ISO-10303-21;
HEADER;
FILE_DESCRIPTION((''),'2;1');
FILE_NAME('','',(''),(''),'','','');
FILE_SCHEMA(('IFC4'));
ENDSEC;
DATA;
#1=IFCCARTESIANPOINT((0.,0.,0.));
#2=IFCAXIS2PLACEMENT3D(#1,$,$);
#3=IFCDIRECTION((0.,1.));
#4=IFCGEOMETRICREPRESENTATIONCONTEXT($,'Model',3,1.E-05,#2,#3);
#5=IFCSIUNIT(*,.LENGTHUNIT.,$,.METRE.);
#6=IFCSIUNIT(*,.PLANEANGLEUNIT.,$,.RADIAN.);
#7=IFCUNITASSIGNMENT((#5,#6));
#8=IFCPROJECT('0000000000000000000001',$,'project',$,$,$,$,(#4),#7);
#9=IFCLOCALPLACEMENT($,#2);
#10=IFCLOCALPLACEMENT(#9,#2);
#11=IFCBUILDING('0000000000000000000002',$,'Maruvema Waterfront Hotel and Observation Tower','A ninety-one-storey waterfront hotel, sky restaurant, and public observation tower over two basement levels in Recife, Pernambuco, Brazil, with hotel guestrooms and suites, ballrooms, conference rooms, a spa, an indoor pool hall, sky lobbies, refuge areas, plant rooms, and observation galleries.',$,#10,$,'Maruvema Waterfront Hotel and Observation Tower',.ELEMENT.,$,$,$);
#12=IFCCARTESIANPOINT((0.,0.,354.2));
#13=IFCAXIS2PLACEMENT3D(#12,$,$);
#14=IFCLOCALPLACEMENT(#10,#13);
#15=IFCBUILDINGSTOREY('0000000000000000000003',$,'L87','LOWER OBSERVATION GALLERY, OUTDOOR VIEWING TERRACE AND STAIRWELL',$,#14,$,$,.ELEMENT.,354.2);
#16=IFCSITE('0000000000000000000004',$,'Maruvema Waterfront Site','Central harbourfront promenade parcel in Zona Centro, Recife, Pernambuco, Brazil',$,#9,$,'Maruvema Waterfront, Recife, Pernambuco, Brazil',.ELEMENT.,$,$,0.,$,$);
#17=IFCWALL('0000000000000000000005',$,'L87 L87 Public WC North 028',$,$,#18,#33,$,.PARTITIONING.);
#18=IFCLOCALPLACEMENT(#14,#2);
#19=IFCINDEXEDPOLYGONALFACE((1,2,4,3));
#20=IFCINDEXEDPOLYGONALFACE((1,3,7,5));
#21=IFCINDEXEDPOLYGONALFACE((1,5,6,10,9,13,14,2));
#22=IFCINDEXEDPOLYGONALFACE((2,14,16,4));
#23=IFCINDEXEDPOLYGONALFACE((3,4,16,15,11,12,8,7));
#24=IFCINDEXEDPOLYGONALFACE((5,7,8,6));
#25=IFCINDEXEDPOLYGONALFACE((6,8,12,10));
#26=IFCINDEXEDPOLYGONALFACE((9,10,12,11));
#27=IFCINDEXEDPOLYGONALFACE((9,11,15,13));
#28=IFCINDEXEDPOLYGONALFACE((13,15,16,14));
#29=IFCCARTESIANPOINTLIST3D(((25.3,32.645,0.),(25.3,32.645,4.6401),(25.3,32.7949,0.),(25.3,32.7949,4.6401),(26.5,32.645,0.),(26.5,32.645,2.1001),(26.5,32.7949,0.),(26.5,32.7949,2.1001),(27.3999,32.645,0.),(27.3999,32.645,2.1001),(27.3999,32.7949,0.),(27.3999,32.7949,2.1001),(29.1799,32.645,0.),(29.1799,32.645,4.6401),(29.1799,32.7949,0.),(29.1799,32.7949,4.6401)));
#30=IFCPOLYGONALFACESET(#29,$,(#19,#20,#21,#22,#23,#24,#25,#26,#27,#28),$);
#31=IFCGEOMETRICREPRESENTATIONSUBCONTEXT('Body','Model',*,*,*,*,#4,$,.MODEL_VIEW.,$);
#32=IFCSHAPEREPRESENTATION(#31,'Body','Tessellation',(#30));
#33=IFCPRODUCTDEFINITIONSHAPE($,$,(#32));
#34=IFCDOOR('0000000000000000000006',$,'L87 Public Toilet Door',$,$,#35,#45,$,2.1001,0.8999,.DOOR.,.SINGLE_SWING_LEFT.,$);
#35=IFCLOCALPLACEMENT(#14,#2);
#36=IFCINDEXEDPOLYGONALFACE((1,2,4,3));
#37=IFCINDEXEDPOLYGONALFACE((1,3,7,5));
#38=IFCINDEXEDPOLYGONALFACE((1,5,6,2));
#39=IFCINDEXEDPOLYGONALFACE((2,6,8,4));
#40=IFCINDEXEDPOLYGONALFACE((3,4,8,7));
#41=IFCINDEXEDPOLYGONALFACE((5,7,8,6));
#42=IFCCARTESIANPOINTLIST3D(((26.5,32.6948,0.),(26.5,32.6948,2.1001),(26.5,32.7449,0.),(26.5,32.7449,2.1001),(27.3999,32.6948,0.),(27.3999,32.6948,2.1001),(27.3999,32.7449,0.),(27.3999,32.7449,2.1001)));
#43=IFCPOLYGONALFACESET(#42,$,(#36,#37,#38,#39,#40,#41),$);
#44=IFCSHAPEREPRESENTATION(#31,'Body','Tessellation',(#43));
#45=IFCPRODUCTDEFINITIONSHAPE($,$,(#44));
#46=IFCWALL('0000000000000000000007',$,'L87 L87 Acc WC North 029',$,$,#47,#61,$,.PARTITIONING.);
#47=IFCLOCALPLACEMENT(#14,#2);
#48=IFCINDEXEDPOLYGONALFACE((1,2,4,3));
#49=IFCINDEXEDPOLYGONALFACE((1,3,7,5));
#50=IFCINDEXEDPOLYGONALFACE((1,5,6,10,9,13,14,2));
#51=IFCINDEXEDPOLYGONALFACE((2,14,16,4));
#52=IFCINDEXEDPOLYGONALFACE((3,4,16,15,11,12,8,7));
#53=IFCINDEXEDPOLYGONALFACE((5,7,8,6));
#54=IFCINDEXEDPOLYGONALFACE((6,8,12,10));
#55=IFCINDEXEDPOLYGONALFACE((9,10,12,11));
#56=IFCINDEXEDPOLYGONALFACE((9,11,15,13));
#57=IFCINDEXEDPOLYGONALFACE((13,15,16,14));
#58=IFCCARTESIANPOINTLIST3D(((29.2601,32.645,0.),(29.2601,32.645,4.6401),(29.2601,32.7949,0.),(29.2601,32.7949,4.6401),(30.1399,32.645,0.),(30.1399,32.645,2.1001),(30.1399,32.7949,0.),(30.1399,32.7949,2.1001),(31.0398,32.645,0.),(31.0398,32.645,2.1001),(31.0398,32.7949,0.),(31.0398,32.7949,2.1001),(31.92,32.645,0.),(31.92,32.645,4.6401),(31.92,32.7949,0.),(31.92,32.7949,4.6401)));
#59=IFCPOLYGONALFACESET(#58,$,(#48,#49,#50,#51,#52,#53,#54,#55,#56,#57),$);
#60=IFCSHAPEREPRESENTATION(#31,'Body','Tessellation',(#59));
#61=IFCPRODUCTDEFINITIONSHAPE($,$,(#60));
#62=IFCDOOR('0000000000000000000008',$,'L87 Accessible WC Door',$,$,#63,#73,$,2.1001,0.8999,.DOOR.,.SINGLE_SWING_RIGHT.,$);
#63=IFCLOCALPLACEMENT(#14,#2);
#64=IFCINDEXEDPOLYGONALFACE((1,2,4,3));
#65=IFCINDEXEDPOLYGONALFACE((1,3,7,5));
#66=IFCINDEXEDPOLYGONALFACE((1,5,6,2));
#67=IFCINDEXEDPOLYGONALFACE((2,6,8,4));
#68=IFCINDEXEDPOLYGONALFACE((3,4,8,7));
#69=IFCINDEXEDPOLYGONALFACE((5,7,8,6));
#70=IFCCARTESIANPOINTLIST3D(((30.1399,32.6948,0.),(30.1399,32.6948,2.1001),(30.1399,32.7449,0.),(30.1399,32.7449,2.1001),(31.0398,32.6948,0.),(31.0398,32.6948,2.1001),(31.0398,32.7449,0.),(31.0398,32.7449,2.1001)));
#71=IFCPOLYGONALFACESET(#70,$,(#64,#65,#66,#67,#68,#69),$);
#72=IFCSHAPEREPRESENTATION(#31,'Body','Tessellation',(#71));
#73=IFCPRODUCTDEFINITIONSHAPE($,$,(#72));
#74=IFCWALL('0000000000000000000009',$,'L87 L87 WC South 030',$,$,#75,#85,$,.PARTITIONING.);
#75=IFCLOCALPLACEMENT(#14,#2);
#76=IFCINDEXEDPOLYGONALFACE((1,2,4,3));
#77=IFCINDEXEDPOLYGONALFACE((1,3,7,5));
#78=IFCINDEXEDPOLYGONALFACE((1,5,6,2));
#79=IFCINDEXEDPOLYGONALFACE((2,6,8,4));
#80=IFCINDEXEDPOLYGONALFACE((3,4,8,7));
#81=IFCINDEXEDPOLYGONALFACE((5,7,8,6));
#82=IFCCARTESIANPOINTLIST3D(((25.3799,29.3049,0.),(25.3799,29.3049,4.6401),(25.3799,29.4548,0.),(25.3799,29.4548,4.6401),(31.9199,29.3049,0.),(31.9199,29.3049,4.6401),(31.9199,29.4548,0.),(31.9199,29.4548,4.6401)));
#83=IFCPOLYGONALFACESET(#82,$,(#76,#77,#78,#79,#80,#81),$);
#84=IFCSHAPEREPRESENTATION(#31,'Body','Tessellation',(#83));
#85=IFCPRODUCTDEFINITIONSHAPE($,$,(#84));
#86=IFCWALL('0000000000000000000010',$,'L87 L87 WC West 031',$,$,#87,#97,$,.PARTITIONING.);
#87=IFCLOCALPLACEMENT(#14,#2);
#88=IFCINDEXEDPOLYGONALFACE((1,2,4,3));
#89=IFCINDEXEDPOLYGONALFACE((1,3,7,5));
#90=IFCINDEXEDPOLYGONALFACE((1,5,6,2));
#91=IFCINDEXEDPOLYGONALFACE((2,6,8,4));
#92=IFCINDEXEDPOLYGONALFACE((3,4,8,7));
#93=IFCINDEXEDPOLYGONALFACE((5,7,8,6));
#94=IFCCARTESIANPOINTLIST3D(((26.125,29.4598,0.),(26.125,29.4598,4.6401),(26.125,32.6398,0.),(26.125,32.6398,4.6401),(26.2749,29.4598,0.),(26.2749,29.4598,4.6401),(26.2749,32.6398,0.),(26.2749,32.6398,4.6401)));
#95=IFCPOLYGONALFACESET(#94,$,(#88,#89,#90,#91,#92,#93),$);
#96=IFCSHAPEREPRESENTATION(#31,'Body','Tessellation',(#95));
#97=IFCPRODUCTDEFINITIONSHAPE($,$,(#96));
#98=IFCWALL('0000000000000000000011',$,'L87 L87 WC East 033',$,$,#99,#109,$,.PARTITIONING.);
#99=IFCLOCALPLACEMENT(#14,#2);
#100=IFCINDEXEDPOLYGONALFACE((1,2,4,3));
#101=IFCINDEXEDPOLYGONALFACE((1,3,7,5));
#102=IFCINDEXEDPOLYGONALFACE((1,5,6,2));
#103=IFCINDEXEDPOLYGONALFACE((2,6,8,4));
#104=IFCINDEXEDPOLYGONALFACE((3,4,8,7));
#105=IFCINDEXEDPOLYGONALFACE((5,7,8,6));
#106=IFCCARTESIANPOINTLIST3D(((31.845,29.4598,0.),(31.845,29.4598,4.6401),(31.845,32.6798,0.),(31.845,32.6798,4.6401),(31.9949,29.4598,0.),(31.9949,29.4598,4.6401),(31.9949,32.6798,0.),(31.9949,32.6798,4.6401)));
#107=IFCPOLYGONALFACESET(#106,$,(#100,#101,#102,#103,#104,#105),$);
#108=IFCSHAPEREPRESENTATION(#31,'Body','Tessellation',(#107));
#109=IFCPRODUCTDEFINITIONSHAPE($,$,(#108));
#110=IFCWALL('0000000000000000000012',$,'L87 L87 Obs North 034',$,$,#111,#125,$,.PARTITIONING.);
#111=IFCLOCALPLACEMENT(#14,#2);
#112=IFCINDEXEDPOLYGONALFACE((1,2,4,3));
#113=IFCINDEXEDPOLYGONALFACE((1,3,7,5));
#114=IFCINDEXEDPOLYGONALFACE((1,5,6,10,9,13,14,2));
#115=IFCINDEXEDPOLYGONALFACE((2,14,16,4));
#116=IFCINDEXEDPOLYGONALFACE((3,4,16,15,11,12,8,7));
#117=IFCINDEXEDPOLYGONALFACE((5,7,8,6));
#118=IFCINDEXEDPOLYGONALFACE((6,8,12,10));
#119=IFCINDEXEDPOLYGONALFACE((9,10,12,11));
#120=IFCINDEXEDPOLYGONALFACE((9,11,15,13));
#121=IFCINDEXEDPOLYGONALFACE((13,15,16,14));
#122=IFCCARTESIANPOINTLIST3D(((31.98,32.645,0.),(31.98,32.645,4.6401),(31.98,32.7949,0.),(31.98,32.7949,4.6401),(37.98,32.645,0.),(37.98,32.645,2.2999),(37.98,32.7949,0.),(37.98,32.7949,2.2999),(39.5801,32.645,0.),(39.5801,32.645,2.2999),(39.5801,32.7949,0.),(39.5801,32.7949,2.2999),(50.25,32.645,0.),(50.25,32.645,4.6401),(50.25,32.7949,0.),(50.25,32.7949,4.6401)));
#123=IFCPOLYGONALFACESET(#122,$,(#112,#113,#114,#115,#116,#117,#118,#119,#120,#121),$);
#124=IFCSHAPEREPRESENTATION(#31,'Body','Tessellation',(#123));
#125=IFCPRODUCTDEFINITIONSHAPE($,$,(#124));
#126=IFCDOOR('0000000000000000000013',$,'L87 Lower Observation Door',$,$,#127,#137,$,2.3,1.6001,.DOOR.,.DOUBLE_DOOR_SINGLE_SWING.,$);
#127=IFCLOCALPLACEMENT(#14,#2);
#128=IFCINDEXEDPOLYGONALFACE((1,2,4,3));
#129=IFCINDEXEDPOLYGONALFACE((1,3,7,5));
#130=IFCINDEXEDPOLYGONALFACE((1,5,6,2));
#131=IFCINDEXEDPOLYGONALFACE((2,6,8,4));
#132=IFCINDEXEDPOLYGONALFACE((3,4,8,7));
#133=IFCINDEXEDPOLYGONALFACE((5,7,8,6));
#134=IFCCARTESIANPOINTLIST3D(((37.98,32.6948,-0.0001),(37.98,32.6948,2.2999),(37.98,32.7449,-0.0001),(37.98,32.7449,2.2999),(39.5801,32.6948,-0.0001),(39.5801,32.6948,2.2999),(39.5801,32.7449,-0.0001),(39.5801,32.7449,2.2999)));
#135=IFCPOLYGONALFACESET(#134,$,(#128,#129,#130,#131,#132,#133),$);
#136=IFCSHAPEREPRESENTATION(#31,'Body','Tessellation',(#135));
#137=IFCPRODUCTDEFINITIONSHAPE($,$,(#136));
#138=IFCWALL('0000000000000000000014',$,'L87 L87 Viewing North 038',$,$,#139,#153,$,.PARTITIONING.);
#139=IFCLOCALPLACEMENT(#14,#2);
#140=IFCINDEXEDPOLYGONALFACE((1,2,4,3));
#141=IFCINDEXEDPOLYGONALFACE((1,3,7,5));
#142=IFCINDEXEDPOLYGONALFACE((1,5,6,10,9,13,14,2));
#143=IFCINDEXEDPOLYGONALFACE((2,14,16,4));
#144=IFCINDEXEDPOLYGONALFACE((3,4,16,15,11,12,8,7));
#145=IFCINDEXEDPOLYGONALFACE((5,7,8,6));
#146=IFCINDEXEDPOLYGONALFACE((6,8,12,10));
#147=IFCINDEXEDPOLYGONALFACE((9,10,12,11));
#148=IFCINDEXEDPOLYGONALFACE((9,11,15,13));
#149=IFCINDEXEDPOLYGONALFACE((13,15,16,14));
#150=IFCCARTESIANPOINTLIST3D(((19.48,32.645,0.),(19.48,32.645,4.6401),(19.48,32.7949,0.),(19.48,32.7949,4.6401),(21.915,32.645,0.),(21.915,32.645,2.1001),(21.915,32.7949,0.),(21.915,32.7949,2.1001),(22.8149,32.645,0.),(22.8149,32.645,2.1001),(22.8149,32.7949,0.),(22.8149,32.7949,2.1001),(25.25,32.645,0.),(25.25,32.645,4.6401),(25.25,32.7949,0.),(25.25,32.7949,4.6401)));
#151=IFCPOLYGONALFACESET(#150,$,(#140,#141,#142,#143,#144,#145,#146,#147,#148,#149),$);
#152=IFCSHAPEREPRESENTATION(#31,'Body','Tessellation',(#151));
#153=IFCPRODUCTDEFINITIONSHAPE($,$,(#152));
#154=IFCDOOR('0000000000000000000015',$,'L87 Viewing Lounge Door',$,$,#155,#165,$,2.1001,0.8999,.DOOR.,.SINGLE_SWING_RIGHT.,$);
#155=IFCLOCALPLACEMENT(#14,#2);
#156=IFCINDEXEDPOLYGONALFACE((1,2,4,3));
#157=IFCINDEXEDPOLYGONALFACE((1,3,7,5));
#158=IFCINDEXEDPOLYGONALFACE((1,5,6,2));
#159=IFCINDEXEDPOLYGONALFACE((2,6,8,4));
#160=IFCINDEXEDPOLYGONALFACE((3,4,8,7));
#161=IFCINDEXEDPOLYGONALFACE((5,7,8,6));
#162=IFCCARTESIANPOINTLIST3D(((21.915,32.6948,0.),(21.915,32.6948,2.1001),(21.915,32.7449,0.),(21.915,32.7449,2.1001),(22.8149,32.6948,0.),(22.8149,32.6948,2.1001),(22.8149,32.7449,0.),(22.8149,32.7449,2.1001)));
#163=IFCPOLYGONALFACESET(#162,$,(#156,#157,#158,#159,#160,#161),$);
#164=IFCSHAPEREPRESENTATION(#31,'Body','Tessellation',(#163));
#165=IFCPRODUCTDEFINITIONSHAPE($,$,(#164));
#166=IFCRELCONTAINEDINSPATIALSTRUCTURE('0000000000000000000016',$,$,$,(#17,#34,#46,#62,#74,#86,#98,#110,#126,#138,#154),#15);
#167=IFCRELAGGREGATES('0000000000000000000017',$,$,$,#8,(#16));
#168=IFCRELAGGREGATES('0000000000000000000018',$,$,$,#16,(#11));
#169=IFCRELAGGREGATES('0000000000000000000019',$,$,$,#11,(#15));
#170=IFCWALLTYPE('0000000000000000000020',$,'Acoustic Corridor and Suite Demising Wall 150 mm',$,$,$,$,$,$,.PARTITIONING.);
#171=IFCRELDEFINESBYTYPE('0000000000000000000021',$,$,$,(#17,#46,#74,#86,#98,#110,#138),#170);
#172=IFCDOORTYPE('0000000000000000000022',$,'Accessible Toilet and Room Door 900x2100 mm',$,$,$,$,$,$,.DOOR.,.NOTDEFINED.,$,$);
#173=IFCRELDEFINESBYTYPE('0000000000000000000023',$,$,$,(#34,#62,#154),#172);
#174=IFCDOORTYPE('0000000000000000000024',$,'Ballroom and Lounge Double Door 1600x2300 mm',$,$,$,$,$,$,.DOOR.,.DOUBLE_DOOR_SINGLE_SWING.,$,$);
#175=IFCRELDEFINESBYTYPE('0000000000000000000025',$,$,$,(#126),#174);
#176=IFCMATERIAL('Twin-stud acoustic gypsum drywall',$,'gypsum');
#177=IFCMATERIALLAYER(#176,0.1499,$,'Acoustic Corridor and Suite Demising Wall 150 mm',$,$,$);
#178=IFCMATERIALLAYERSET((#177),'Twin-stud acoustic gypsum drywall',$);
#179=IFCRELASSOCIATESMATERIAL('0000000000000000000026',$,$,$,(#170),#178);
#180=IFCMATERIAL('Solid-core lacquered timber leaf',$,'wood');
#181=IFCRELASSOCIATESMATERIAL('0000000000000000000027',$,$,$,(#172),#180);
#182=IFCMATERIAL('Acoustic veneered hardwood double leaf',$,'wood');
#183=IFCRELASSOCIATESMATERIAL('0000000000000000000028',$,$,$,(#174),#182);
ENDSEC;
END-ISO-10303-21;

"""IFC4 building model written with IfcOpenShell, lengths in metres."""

from ifc_helpers import new_model, si_unit, direction, frame, frame_2d, origin, place, context, subcontext, project, spatial, rectangle, extrude, material, layer, layer_set, type_object, element, fill, save


model = new_model("IFC4")

# Units and contexts
model_context = context("Model", 3, precision=1e-05, world=origin(), true_north=direction((0.0, 1.0)))
body_context = subcontext(model_context, "Body", "Model", "MODEL_VIEW")
ifc_project = project(units=[si_unit("LENGTHUNIT", "METRE"), si_unit("PLANEANGLEUNIT", "RADIAN")], contexts=[model_context])

# Site, building, storey
site_placement = place(None, origin())
site = spatial("IfcSite", under=ifc_project, at=site_placement, Name="Maruvema Waterfront Site", Description="Central harbourfront promenade parcel in Zona Centro, Recife, Pernambuco, Brazil", LongName="Maruvema Waterfront, Recife, Pernambuco, Brazil", CompositionType="ELEMENT", RefElevation=0.0)
building_placement = place(site_placement, origin())
building = spatial("IfcBuilding", under=site, at=building_placement, Name="Maruvema Waterfront Hotel and Observation Tower", Description="A ninety-one-storey waterfront hotel, sky restaurant, and public observation tower over two basement levels in Recife, Pernambuco, Brazil, with hotel guestrooms and suites, ballrooms, conference rooms, a spa, an indoor pool hall, sky lobbies, refuge areas, plant rooms, and observation galleries.", LongName="Maruvema Waterfront Hotel and Observation Tower", CompositionType="ELEMENT")
storey_placement = place(building_placement, frame((0.0, 0.0, 354.2)))
storey = spatial("IfcBuildingStorey", under=building, at=storey_placement, Name="L87", Description="LOWER OBSERVATION GALLERY, OUTDOOR VIEWING TERRACE AND STAIRWELL", CompositionType="ELEMENT", Elevation=354.2)

# Walls, openings, doors
ifc_material_1 = material(Name="Twin-stud acoustic gypsum drywall", Category="gypsum")
ifc_layer_1 = layer(ifc_material_1, 0.1499, Name="Acoustic Corridor and Suite Demising Wall 150 mm")
ifc_layer_set_1 = layer_set([ifc_layer_1], Name="Twin-stud acoustic gypsum drywall")
wall_type_1 = type_object("IfcWallType", Name="Acoustic Corridor and Suite Demising Wall 150 mm", PredefinedType="PARTITIONING", material=ifc_layer_set_1)
wall_1_placement = place(storey_placement, frame((25.3, 32.72, 0.0), z_axis=(0.0, 0.0, 1.0), x_axis=(1.0, 0.0, 0.0)))
wall_1 = element("IfcWall", 1, at=wall_1_placement, inside=storey, type_object=wall_type_1, Name="L87 L87 Public WC North 028", PredefinedType="PARTITIONING", context=body_context, shape_type="SweptSolid", body=[
    extrude(rectangle(XDim=3.8799, YDim=0.1499, at=frame_2d((1.9399, 0.0))), origin(), (0.0, 0.0, 1.0), 4.6401),
])
opening_1_placement = place(wall_1_placement, frame((1.2, 0.0, 0.0)))
opening_1 = element("IfcOpeningElement", 2, at=opening_1_placement, cuts=wall_1, PredefinedType="OPENING", context=body_context, shape_type="SweptSolid", body=[
    extrude(rectangle(XDim=0.8999, YDim=2.1001, at=frame_2d((0.45, 1.05))), frame((0.0, 0.085, 0.0), z_axis=(0.0, -1.0, 0.0), x_axis=(1.0, 0.0, 0.0)), (0.0, 0.0, 1.0), 0.1699),
])
ifc_material_2 = material(Name="Solid-core lacquered timber leaf", Category="wood")
door_type_1 = type_object("IfcDoorType", Name="Accessible Toilet and Room Door 900x2100 mm", OperationType="NOTDEFINED", PredefinedType="DOOR", material=ifc_material_2)
door_1_placement = place(opening_1_placement, origin())
door_1 = element("IfcDoor", 3, at=door_1_placement, inside=storey, type_object=door_type_1, Name="L87 Public Toilet Door", OperationType="SINGLE_SWING_LEFT", OverallHeight=2.1001, OverallWidth=0.8999, PredefinedType="DOOR", context=body_context, shape_type="SweptSolid", body=[
    extrude(rectangle(XDim=0.8999, YDim=2.1001, at=frame_2d((0.45, 1.05))), frame((0.0, 0.0249, 0.0), z_axis=(0.0, -1.0, 0.0), x_axis=(1.0, 0.0, 0.0)), (0.0, 0.0, 1.0), 0.05),
])
fill(opening_1, door_1)
wall_2_placement = place(storey_placement, frame((29.26, 32.72, 0.0), z_axis=(0.0, 0.0, 1.0), x_axis=(1.0, 0.0, 0.0)))
wall_2 = element("IfcWall", 4, at=wall_2_placement, inside=storey, type_object=wall_type_1, Name="L87 L87 Acc WC North 029", PredefinedType="PARTITIONING", context=body_context, shape_type="SweptSolid", body=[
    extrude(rectangle(XDim=2.6599, YDim=0.1499, at=frame_2d((1.3301, 0.0))), origin(), (0.0, 0.0, 1.0), 4.6401),
])
opening_2_placement = place(wall_2_placement, frame((0.8799, 0.0, 0.0)))
opening_2 = element("IfcOpeningElement", 5, at=opening_2_placement, cuts=wall_2, PredefinedType="OPENING", context=body_context, shape_type="SweptSolid", body=[
    extrude(rectangle(XDim=0.8999, YDim=2.1001, at=frame_2d((0.45, 1.05))), frame((0.0, 0.085, 0.0), z_axis=(0.0, -1.0, 0.0), x_axis=(1.0, 0.0, 0.0)), (0.0, 0.0, 1.0), 0.1699),
])
door_2_placement = place(opening_2_placement, origin())
door_2 = element("IfcDoor", 6, at=door_2_placement, inside=storey, type_object=door_type_1, Name="L87 Accessible WC Door", OperationType="SINGLE_SWING_RIGHT", OverallHeight=2.1001, OverallWidth=0.8999, PredefinedType="DOOR", context=body_context, shape_type="SweptSolid", body=[
    extrude(rectangle(XDim=0.8999, YDim=2.1001, at=frame_2d((0.45, 1.05))), frame((0.0, 0.0249, 0.0), z_axis=(0.0, -1.0, 0.0), x_axis=(1.0, 0.0, 0.0)), (0.0, 0.0, 1.0), 0.05),
])
fill(opening_2, door_2)

# Walls
wall_3_placement = place(storey_placement, frame((25.3799, 29.3799, 0.0), z_axis=(0.0, 0.0, 1.0), x_axis=(1.0, 0.0, 0.0)))
element("IfcWall", 7, at=wall_3_placement, inside=storey, type_object=wall_type_1, Name="L87 L87 WC South 030", PredefinedType="PARTITIONING", context=body_context, shape_type="SweptSolid", body=[
    extrude(rectangle(XDim=6.54, YDim=0.1499, at=frame_2d((3.27, 0.0))), origin(), (0.0, 0.0, 1.0), 4.6401),
])
wall_4_placement = place(storey_placement, frame((26.2, 29.46, 0.0), z_axis=(0.0, 0.0, 1.0), x_axis=(0.0, 1.0, 0.0)))
element("IfcWall", 8, at=wall_4_placement, inside=storey, type_object=wall_type_1, Name="L87 L87 WC West 031", PredefinedType="PARTITIONING", context=body_context, shape_type="SweptSolid", body=[
    extrude(rectangle(XDim=3.1799, YDim=0.1499, at=frame_2d((1.5898, 0.0))), origin(), (0.0, 0.0, 1.0), 4.6401),
])
wall_5_placement = place(storey_placement, frame((31.9199, 29.46, 0.0), z_axis=(0.0, 0.0, 1.0), x_axis=(0.0, 1.0, 0.0)))
element("IfcWall", 9, at=wall_5_placement, inside=storey, type_object=wall_type_1, Name="L87 L87 WC East 033", PredefinedType="PARTITIONING", context=body_context, shape_type="SweptSolid", body=[
    extrude(rectangle(XDim=3.22, YDim=0.1499, at=frame_2d((1.6099, 0.0))), origin(), (0.0, 0.0, 1.0), 4.6401),
])

# Walls, openings, doors
wall_6_placement = place(storey_placement, frame((31.98, 32.72, 0.0), z_axis=(0.0, 0.0, 1.0), x_axis=(1.0, 0.0, 0.0)))
wall_6 = element("IfcWall", 10, at=wall_6_placement, inside=storey, type_object=wall_type_1, Name="L87 L87 Obs North 034", PredefinedType="PARTITIONING", context=body_context, shape_type="SweptSolid", body=[
    extrude(rectangle(XDim=18.27, YDim=0.1499, at=frame_2d((9.135, 0.0))), origin(), (0.0, 0.0, 1.0), 4.6401),
])
opening_3_placement = place(wall_6_placement, frame((6.0, 0.0, 0.0)))
opening_3 = element("IfcOpeningElement", 11, at=opening_3_placement, cuts=wall_6, PredefinedType="OPENING", context=body_context, shape_type="SweptSolid", body=[
    extrude(rectangle(XDim=1.6001, YDim=2.3, at=frame_2d((0.8, 1.1499))), frame((0.0, 0.085, 0.0), z_axis=(0.0, -1.0, 0.0), x_axis=(1.0, 0.0, 0.0)), (0.0, 0.0, 1.0), 0.1699),
])
ifc_material_3 = material(Name="Acoustic veneered hardwood double leaf", Category="wood")
door_type_2 = type_object("IfcDoorType", Name="Ballroom and Lounge Double Door 1600x2300 mm", OperationType="DOUBLE_DOOR_SINGLE_SWING", PredefinedType="DOOR", material=ifc_material_3)
door_3_placement = place(opening_3_placement, origin())
door_3 = element("IfcDoor", 12, at=door_3_placement, inside=storey, type_object=door_type_2, Name="L87 Lower Observation Door", OperationType="DOUBLE_DOOR_SINGLE_SWING", OverallHeight=2.3, OverallWidth=1.6001, PredefinedType="DOOR", context=body_context, shape_type="SweptSolid", body=[
    extrude(rectangle(XDim=1.6001, YDim=2.3, at=frame_2d((0.8, 1.1499))), frame((0.0, 0.0249, 0.0), z_axis=(0.0, -1.0, 0.0), x_axis=(1.0, 0.0, 0.0)), (0.0, 0.0, 1.0), 0.05),
])
fill(opening_3, door_3)
wall_7_placement = place(storey_placement, frame((19.48, 32.72, 0.0), z_axis=(0.0, 0.0, 1.0), x_axis=(1.0, 0.0, 0.0)))
wall_7 = element("IfcWall", 13, at=wall_7_placement, inside=storey, type_object=wall_type_1, Name="L87 L87 Viewing North 038", PredefinedType="PARTITIONING", context=body_context, shape_type="SweptSolid", body=[
    extrude(rectangle(XDim=5.77, YDim=0.1499, at=frame_2d((2.885, 0.0))), origin(), (0.0, 0.0, 1.0), 4.6401),
])
opening_4_placement = place(wall_7_placement, frame((2.4351, 0.0, 0.0)))
opening_4 = element("IfcOpeningElement", 14, at=opening_4_placement, cuts=wall_7, PredefinedType="OPENING", context=body_context, shape_type="SweptSolid", body=[
    extrude(rectangle(XDim=0.8999, YDim=2.1001, at=frame_2d((0.45, 1.05))), frame((0.0, 0.085, 0.0), z_axis=(0.0, -1.0, 0.0), x_axis=(1.0, 0.0, 0.0)), (0.0, 0.0, 1.0), 0.1699),
])
door_4_placement = place(opening_4_placement, origin())
door_4 = element("IfcDoor", 15, at=door_4_placement, inside=storey, type_object=door_type_1, Name="L87 Viewing Lounge Door", OperationType="SINGLE_SWING_RIGHT", OverallHeight=2.1001, OverallWidth=0.8999, PredefinedType="DOOR", context=body_context, shape_type="SweptSolid", body=[
    extrude(rectangle(XDim=0.8999, YDim=2.1001, at=frame_2d((0.45, 1.05))), frame((0.0, 0.0249, 0.0), z_axis=(0.0, -1.0, 0.0), x_axis=(1.0, 0.0, 0.0)), (0.0, 0.0, 1.0), 0.05),
])
fill(opening_4, door_4)

save(model, "model.ifc")
